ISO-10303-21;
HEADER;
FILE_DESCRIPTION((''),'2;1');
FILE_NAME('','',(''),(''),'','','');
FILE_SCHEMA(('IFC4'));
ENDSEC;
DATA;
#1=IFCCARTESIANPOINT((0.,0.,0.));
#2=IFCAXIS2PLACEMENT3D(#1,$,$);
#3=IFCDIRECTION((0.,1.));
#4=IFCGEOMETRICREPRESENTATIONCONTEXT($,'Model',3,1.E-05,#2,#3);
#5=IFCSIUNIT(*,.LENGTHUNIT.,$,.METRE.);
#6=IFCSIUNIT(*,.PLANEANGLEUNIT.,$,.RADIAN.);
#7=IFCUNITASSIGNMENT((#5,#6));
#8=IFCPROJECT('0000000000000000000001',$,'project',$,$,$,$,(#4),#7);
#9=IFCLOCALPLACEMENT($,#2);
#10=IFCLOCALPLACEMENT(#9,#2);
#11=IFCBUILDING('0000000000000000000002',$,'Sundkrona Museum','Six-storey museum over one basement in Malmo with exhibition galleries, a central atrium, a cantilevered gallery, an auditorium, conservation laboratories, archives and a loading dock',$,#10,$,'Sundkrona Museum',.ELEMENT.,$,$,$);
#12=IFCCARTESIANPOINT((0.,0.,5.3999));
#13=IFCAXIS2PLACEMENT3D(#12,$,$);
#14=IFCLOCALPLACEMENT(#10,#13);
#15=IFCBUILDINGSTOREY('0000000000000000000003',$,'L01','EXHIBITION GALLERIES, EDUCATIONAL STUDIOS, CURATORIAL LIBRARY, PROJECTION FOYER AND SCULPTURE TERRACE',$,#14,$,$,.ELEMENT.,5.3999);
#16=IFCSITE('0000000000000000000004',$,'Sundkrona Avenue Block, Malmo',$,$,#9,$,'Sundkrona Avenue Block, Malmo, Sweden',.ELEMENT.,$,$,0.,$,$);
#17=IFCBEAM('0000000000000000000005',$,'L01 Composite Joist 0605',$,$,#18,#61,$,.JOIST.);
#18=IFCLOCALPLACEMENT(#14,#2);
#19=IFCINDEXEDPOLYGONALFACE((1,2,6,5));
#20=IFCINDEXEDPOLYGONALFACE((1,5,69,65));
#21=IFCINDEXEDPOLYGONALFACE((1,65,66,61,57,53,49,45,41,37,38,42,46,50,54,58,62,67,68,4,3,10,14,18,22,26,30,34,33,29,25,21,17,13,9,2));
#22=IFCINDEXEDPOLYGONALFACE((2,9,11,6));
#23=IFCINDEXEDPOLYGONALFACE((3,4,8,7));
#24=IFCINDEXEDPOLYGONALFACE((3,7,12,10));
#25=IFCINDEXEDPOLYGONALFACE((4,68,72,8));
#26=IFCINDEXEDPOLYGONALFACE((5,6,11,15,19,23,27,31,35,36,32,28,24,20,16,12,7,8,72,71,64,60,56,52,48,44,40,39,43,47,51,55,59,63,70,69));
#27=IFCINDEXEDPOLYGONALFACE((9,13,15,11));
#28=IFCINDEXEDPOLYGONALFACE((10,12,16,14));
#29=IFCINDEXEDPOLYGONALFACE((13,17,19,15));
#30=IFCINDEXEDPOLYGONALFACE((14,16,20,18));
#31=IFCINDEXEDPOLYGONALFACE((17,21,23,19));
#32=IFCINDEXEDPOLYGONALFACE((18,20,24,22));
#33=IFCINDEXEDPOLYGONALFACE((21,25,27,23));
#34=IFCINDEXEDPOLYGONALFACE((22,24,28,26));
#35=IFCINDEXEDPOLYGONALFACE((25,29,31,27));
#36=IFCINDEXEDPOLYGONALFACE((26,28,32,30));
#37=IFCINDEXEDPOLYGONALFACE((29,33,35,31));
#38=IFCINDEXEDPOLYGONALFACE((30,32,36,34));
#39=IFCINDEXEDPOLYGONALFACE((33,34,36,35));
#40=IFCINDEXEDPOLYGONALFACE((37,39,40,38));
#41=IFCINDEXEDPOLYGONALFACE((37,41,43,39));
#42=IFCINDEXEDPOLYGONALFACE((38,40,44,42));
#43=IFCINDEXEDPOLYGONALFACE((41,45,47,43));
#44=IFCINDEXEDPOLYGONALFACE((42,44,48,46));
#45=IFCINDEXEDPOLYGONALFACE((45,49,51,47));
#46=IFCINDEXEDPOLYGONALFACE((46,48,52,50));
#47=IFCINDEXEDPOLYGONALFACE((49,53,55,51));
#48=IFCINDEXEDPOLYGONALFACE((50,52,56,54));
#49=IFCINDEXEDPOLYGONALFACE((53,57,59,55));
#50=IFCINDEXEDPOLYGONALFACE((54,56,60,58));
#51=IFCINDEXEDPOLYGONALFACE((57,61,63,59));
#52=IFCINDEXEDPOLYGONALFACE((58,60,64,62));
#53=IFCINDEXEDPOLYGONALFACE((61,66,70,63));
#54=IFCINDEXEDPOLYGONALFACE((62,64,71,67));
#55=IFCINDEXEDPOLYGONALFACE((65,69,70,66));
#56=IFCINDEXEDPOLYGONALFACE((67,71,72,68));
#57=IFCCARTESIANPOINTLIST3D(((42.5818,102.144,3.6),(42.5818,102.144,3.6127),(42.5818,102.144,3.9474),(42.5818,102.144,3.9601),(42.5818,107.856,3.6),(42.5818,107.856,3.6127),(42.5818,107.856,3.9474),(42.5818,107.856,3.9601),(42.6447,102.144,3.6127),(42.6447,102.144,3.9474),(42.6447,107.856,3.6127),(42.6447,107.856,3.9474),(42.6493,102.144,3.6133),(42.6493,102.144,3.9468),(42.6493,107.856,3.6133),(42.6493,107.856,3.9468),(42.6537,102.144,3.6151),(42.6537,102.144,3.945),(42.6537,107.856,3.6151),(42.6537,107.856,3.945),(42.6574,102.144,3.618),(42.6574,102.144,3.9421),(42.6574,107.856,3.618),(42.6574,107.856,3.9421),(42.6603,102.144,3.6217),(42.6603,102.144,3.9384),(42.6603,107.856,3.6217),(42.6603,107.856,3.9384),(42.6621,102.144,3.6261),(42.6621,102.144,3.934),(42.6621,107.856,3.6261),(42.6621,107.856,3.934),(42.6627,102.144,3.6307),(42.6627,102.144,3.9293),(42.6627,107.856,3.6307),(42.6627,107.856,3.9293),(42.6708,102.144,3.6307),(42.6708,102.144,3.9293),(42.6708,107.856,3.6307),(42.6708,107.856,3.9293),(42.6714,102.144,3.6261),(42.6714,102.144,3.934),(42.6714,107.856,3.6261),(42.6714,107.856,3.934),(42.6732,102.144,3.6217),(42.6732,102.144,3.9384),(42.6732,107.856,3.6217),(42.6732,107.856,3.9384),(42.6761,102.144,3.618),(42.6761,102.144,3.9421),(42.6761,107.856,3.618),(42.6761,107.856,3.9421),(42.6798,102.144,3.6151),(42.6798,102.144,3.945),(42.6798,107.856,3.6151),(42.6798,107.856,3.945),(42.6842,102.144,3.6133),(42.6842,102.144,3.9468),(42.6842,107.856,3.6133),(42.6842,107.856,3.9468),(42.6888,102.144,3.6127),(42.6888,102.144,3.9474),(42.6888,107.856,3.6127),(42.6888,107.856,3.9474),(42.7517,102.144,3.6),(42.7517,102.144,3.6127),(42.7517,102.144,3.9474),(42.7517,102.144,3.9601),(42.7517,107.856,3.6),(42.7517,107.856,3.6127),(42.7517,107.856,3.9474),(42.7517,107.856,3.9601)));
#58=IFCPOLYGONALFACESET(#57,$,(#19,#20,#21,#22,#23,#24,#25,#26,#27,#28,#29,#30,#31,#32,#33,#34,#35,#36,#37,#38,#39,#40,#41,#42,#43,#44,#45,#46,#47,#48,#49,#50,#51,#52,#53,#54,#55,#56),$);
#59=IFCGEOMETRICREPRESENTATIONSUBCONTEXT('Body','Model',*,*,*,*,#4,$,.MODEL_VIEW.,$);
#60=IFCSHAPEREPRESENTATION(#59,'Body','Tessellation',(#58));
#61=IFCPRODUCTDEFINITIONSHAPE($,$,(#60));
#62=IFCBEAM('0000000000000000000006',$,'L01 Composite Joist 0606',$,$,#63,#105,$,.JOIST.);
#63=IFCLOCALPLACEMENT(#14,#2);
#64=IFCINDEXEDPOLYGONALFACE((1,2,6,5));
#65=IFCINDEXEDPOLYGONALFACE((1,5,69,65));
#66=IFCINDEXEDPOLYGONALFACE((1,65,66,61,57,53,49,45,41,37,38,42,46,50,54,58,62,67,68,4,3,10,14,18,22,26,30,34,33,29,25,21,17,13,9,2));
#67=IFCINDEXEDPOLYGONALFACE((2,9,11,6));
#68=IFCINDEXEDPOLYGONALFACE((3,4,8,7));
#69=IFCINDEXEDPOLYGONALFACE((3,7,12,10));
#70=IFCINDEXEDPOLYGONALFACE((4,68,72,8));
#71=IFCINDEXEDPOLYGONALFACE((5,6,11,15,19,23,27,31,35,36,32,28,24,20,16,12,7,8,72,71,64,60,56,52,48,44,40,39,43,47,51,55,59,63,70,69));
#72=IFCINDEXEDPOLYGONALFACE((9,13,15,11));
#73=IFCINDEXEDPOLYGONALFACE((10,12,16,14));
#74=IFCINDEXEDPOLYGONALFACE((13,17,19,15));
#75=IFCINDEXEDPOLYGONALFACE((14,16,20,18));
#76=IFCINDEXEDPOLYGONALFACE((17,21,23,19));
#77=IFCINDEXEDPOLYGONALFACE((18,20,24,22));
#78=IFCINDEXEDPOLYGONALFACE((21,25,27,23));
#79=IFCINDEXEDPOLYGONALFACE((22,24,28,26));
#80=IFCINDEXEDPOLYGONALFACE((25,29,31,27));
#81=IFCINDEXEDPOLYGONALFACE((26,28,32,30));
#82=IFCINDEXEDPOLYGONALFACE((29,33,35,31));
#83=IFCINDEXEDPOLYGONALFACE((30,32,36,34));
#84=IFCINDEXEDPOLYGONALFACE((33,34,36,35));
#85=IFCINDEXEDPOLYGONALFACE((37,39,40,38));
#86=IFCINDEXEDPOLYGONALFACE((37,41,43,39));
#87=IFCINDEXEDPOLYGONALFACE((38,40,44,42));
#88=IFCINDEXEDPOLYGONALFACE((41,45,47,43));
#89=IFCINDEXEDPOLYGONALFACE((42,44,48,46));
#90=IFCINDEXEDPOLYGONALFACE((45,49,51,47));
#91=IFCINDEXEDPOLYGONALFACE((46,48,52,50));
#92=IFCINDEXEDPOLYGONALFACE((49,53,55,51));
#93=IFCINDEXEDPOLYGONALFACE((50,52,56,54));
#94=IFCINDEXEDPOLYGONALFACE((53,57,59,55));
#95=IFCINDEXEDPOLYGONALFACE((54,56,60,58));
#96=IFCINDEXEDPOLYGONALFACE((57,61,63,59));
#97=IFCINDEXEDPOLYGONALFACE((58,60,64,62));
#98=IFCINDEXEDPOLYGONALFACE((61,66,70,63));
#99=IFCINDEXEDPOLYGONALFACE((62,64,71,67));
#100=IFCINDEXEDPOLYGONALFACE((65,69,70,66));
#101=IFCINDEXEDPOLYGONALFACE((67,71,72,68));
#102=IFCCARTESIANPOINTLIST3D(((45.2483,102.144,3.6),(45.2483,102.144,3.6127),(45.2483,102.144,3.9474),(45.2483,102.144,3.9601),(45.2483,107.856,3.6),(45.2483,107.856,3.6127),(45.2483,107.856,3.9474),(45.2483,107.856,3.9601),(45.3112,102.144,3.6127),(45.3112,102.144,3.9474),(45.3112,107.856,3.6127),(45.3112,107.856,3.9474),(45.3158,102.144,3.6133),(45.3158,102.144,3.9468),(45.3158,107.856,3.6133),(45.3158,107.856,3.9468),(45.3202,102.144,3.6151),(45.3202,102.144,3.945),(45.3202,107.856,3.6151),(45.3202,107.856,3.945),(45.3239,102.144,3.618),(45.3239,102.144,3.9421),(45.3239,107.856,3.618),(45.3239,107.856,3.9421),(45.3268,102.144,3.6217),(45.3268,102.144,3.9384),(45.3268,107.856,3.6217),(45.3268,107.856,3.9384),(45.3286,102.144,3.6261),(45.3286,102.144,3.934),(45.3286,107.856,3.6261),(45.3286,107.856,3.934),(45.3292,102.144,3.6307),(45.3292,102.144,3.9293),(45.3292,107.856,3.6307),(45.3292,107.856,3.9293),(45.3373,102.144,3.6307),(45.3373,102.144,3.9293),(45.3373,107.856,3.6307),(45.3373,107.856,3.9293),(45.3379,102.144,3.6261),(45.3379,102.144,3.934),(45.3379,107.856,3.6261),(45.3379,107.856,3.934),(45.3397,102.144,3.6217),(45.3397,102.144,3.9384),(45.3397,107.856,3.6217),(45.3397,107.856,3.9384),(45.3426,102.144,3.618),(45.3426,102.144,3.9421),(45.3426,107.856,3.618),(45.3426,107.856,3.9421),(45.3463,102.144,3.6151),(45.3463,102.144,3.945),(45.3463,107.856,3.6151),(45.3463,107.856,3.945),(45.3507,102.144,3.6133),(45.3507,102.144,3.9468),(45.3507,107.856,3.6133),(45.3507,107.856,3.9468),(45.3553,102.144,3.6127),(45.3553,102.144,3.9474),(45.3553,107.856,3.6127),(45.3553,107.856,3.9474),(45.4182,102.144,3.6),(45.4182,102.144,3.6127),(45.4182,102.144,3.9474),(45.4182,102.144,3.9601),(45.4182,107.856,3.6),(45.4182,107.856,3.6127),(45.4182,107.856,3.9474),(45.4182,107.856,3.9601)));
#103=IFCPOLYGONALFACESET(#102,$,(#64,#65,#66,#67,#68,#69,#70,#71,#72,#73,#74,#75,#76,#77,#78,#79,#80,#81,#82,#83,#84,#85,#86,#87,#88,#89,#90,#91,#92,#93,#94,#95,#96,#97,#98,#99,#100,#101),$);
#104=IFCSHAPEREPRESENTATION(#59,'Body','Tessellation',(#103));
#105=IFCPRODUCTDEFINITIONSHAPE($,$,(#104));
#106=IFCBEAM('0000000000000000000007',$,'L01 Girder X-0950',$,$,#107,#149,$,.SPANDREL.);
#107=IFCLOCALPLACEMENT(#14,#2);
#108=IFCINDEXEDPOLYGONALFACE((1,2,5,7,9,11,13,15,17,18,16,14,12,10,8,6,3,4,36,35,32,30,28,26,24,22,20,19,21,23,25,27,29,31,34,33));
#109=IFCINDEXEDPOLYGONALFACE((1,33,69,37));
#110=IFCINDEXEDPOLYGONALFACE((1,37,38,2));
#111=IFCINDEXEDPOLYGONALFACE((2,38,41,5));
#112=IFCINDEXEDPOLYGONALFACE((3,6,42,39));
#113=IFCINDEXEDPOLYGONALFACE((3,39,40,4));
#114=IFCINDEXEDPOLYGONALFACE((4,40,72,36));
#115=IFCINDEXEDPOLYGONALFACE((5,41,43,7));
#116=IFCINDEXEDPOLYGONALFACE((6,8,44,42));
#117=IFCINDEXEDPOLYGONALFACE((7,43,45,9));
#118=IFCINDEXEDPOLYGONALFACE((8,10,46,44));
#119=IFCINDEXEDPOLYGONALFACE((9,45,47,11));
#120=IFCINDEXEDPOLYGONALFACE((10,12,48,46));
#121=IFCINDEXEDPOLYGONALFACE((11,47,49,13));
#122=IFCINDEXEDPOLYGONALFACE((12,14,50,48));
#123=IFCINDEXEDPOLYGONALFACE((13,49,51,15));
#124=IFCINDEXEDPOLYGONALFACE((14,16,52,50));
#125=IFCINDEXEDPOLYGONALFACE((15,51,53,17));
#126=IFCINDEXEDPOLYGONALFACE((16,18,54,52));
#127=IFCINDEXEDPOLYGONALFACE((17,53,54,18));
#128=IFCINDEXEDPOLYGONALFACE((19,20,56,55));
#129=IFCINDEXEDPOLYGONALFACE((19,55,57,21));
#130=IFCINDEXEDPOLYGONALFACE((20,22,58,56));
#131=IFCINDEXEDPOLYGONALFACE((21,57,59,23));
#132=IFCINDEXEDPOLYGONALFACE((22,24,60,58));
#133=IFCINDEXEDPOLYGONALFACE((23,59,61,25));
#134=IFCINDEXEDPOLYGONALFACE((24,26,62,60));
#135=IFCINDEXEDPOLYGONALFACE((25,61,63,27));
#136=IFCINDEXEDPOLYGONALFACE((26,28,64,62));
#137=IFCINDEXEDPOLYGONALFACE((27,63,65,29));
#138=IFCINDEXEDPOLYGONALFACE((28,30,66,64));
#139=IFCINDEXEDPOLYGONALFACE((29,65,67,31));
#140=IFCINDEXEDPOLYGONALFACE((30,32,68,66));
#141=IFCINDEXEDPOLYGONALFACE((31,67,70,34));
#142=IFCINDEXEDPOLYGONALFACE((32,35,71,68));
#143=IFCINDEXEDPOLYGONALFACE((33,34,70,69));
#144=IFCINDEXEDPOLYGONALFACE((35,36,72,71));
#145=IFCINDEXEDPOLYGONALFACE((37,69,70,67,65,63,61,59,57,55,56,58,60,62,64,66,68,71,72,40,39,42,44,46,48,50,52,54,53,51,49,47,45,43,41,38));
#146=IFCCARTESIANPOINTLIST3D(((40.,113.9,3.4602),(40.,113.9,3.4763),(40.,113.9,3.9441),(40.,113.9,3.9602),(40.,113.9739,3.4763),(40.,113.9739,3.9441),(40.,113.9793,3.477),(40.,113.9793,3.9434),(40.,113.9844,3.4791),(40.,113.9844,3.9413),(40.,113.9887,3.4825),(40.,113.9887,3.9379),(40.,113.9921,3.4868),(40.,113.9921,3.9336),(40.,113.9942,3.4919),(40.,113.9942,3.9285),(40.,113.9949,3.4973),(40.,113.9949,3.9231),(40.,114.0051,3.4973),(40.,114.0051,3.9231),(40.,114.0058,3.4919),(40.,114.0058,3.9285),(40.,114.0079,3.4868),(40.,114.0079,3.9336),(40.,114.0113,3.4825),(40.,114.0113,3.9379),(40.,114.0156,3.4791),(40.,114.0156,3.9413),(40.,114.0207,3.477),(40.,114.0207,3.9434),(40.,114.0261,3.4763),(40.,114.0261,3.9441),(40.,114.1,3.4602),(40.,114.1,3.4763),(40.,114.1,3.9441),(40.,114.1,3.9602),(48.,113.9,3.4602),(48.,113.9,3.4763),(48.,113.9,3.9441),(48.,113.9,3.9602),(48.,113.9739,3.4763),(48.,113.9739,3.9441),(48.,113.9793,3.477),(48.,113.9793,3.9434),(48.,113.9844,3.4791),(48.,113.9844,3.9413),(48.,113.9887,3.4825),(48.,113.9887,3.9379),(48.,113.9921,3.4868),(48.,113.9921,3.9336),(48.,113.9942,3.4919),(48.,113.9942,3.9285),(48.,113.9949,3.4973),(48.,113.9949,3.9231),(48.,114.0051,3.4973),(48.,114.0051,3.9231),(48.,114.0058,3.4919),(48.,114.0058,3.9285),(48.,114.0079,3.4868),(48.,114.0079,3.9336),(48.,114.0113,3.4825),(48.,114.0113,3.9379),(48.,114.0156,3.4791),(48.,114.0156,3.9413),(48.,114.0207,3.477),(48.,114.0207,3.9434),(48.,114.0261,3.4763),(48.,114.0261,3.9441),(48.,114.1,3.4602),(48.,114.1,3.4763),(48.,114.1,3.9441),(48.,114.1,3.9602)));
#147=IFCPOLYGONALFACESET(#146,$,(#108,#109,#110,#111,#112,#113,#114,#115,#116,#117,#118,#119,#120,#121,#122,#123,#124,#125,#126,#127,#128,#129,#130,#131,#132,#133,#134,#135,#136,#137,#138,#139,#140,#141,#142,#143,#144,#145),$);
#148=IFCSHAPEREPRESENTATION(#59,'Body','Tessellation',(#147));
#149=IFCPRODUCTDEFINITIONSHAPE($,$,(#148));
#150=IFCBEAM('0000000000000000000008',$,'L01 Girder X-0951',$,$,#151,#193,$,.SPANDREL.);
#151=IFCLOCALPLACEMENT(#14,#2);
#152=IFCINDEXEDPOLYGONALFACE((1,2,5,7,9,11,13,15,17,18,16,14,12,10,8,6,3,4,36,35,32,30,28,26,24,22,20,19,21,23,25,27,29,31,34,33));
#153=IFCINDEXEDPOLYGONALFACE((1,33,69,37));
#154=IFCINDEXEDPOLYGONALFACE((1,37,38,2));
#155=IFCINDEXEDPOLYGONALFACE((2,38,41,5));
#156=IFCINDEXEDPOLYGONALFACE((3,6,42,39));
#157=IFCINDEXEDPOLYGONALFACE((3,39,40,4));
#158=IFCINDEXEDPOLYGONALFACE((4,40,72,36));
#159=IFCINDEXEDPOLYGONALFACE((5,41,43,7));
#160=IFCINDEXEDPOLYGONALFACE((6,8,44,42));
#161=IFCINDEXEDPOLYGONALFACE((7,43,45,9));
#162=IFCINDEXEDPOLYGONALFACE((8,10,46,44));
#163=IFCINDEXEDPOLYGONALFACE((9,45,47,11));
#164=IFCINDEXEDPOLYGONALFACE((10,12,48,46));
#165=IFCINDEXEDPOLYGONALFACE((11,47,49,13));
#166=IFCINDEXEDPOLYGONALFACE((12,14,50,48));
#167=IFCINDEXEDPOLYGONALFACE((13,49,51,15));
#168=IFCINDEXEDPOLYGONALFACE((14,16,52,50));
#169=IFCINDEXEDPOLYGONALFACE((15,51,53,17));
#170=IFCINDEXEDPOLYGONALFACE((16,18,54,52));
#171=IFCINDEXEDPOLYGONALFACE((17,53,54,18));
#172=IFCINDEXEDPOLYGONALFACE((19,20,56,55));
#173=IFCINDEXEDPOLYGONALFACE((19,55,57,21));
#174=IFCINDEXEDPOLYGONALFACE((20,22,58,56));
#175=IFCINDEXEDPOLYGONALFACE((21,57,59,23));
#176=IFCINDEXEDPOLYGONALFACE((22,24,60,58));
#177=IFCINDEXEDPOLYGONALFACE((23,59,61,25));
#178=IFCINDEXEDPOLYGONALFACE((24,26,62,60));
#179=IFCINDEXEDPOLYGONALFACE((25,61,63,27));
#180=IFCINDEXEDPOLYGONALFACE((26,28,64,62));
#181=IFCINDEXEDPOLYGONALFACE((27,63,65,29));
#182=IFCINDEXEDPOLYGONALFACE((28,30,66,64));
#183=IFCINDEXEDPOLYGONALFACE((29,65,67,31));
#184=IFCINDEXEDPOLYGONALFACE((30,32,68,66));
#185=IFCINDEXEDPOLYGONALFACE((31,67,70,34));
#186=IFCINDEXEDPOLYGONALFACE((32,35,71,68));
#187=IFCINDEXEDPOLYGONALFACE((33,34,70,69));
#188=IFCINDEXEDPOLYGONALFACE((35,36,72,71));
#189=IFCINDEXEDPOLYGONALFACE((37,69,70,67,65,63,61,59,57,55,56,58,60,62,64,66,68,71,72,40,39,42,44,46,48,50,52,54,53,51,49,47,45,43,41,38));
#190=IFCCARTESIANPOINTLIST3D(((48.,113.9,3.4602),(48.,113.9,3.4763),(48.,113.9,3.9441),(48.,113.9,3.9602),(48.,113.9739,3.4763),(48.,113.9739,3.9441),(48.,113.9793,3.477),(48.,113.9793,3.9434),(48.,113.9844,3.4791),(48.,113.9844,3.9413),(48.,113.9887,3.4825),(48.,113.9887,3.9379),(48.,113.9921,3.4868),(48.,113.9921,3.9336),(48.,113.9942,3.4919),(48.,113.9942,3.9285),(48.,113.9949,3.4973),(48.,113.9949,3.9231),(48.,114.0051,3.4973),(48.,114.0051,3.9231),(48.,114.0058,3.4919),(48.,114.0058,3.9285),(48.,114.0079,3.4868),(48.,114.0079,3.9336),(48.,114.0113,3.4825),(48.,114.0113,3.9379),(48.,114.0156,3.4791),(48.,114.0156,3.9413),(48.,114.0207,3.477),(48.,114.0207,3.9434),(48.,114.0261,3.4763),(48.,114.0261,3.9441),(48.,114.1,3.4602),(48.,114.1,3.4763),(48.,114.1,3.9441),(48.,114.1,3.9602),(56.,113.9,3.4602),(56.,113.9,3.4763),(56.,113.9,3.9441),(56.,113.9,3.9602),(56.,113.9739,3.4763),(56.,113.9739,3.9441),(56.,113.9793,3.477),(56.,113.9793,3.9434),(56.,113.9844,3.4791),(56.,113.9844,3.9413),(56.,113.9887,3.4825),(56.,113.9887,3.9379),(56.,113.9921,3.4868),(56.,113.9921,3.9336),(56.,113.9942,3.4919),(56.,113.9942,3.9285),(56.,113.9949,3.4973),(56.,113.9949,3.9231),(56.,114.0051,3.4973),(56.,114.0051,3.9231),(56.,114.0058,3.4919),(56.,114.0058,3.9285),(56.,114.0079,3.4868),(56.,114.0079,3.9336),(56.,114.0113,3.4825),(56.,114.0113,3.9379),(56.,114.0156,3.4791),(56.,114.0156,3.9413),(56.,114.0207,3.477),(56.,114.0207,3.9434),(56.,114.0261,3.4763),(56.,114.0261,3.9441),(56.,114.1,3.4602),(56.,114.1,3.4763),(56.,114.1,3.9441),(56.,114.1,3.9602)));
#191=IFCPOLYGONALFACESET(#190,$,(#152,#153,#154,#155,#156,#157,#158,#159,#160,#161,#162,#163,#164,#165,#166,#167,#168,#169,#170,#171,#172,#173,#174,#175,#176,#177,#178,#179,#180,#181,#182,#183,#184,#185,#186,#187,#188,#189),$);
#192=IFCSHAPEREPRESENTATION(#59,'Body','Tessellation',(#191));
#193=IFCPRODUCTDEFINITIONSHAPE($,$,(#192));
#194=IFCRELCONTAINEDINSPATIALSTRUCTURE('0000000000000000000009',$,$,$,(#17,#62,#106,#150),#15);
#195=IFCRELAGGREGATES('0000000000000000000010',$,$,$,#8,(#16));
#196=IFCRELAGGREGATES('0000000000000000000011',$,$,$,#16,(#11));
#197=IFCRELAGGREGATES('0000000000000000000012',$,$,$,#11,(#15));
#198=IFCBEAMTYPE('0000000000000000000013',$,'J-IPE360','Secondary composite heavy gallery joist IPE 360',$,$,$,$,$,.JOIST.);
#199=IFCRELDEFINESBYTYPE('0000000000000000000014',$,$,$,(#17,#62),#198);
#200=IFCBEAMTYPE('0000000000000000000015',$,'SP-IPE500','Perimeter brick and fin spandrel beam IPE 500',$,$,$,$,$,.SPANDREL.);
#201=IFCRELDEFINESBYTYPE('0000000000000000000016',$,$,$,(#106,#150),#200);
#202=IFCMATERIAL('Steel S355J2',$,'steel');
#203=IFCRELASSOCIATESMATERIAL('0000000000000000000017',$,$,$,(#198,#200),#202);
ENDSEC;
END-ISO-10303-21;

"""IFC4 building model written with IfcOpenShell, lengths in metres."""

from ifc_helpers import new_model, si_unit, direction, frame, origin, origin_2d, place, context, subcontext, project, spatial, i_section, extrude, material, material_profile, profile_set, type_object, element, save


model = new_model("IFC4")

# Units and contexts
model_context = context("Model", 3, precision=1e-05, world=origin(), true_north=direction((0.0, 1.0)))
body_context = subcontext(model_context, "Body", "Model", "MODEL_VIEW")
ifc_project = project(units=[si_unit("LENGTHUNIT", "METRE"), si_unit("PLANEANGLEUNIT", "RADIAN")], contexts=[model_context])

# Site, building, storey
site_placement = place(None, origin())
site = spatial("IfcSite", under=ifc_project, at=site_placement, Name="Sundkrona Avenue Block, Malmo", LongName="Sundkrona Avenue Block, Malmo, Sweden", CompositionType="ELEMENT", RefElevation=0.0)
building_placement = place(site_placement, origin())
building = spatial("IfcBuilding", under=site, at=building_placement, Name="Sundkrona Museum", Description="Six-storey museum over one basement in Malmo with exhibition galleries, a central atrium, a cantilevered gallery, an auditorium, conservation laboratories, archives and a loading dock", LongName="Sundkrona Museum", CompositionType="ELEMENT")
storey_placement = place(building_placement, frame((0.0, 0.0, 5.3999)))
storey = spatial("IfcBuildingStorey", under=building, at=storey_placement, Name="L01", Description="EXHIBITION GALLERIES, EDUCATIONAL STUDIOS, CURATORIAL LIBRARY, PROJECTION FOYER AND SCULPTURE TERRACE", CompositionType="ELEMENT", Elevation=5.3999)

# Shared definitions
ifc_material_1 = material(Name="Steel S355J2", Category="steel")

# Beams
ifc_material_profile_1 = material_profile(ifc_material_1, i_section(OverallWidth=0.1699, OverallDepth=0.3601, WebThickness=0.0081, FlangeThickness=0.0127, FilletRadius=0.0181, at=origin_2d()), Name="IPE 360")
ifc_profile_set_1 = profile_set([ifc_material_profile_1], Name="Steel S355J2")
beam_type_1 = type_object("IfcBeamType", Name="J-IPE360", Description="Secondary composite heavy gallery joist IPE 360", PredefinedType="JOIST", material=ifc_profile_set_1)
for number, where, z_axis, x_axis, name in (
    (1, (42.6667, 102.144, 3.78), (0.0, 1.0, 0.0), (-1.0, 0.0, 0.0), "L01 Composite Joist 0605"),
    (2, (45.3333, 102.144, 3.78), (0.0, 1.0, 0.0), (-1.0, 0.0, 0.0), "L01 Composite Joist 0606"),
):
    element("IfcBeam", number, at=place(storey_placement, frame(where, z_axis=z_axis, x_axis=x_axis)), inside=storey, type_object=beam_type_1, Name=name, PredefinedType="JOIST", context=body_context, shape_type="SweptSolid", body=[
        extrude(i_section(OverallWidth=0.1699, OverallDepth=0.3601, WebThickness=0.0081, FlangeThickness=0.0127, FilletRadius=0.0181, at=origin_2d()), origin(), (0.0, 0.0, 1.0), 5.7119),
    ])
ifc_material_profile_2 = material_profile(ifc_material_1, i_section(OverallWidth=0.2, OverallDepth=0.5, WebThickness=0.0103, FlangeThickness=0.0161, FilletRadius=0.021, at=origin_2d()), Name="IPE 500")
ifc_profile_set_2 = profile_set([ifc_material_profile_2], Name="Steel S355J2")
beam_type_2 = type_object("IfcBeamType", Name="SP-IPE500", Description="Perimeter brick and fin spandrel beam IPE 500", PredefinedType="SPANDREL", material=ifc_profile_set_2)
for number, where, z_axis, x_axis, name in (
    (3, (40.0, 114.0, 3.7102), (1.0, 0.0, 0.0), (0.0, 1.0, 0.0), "L01 Girder X-0950"),
    (4, (48.0, 114.0, 3.7102), (1.0, 0.0, 0.0), (0.0, 1.0, 0.0), "L01 Girder X-0951"),
):
    element("IfcBeam", number, at=place(storey_placement, frame(where, z_axis=z_axis, x_axis=x_axis)), inside=storey, type_object=beam_type_2, Name=name, PredefinedType="SPANDREL", context=body_context, shape_type="SweptSolid", body=[
        extrude(i_section(OverallWidth=0.2, OverallDepth=0.5, WebThickness=0.0103, FlangeThickness=0.0161, FilletRadius=0.021, at=origin_2d()), origin(), (0.0, 0.0, 1.0), 8.0),
    ])

save(model, "model.ifc")
